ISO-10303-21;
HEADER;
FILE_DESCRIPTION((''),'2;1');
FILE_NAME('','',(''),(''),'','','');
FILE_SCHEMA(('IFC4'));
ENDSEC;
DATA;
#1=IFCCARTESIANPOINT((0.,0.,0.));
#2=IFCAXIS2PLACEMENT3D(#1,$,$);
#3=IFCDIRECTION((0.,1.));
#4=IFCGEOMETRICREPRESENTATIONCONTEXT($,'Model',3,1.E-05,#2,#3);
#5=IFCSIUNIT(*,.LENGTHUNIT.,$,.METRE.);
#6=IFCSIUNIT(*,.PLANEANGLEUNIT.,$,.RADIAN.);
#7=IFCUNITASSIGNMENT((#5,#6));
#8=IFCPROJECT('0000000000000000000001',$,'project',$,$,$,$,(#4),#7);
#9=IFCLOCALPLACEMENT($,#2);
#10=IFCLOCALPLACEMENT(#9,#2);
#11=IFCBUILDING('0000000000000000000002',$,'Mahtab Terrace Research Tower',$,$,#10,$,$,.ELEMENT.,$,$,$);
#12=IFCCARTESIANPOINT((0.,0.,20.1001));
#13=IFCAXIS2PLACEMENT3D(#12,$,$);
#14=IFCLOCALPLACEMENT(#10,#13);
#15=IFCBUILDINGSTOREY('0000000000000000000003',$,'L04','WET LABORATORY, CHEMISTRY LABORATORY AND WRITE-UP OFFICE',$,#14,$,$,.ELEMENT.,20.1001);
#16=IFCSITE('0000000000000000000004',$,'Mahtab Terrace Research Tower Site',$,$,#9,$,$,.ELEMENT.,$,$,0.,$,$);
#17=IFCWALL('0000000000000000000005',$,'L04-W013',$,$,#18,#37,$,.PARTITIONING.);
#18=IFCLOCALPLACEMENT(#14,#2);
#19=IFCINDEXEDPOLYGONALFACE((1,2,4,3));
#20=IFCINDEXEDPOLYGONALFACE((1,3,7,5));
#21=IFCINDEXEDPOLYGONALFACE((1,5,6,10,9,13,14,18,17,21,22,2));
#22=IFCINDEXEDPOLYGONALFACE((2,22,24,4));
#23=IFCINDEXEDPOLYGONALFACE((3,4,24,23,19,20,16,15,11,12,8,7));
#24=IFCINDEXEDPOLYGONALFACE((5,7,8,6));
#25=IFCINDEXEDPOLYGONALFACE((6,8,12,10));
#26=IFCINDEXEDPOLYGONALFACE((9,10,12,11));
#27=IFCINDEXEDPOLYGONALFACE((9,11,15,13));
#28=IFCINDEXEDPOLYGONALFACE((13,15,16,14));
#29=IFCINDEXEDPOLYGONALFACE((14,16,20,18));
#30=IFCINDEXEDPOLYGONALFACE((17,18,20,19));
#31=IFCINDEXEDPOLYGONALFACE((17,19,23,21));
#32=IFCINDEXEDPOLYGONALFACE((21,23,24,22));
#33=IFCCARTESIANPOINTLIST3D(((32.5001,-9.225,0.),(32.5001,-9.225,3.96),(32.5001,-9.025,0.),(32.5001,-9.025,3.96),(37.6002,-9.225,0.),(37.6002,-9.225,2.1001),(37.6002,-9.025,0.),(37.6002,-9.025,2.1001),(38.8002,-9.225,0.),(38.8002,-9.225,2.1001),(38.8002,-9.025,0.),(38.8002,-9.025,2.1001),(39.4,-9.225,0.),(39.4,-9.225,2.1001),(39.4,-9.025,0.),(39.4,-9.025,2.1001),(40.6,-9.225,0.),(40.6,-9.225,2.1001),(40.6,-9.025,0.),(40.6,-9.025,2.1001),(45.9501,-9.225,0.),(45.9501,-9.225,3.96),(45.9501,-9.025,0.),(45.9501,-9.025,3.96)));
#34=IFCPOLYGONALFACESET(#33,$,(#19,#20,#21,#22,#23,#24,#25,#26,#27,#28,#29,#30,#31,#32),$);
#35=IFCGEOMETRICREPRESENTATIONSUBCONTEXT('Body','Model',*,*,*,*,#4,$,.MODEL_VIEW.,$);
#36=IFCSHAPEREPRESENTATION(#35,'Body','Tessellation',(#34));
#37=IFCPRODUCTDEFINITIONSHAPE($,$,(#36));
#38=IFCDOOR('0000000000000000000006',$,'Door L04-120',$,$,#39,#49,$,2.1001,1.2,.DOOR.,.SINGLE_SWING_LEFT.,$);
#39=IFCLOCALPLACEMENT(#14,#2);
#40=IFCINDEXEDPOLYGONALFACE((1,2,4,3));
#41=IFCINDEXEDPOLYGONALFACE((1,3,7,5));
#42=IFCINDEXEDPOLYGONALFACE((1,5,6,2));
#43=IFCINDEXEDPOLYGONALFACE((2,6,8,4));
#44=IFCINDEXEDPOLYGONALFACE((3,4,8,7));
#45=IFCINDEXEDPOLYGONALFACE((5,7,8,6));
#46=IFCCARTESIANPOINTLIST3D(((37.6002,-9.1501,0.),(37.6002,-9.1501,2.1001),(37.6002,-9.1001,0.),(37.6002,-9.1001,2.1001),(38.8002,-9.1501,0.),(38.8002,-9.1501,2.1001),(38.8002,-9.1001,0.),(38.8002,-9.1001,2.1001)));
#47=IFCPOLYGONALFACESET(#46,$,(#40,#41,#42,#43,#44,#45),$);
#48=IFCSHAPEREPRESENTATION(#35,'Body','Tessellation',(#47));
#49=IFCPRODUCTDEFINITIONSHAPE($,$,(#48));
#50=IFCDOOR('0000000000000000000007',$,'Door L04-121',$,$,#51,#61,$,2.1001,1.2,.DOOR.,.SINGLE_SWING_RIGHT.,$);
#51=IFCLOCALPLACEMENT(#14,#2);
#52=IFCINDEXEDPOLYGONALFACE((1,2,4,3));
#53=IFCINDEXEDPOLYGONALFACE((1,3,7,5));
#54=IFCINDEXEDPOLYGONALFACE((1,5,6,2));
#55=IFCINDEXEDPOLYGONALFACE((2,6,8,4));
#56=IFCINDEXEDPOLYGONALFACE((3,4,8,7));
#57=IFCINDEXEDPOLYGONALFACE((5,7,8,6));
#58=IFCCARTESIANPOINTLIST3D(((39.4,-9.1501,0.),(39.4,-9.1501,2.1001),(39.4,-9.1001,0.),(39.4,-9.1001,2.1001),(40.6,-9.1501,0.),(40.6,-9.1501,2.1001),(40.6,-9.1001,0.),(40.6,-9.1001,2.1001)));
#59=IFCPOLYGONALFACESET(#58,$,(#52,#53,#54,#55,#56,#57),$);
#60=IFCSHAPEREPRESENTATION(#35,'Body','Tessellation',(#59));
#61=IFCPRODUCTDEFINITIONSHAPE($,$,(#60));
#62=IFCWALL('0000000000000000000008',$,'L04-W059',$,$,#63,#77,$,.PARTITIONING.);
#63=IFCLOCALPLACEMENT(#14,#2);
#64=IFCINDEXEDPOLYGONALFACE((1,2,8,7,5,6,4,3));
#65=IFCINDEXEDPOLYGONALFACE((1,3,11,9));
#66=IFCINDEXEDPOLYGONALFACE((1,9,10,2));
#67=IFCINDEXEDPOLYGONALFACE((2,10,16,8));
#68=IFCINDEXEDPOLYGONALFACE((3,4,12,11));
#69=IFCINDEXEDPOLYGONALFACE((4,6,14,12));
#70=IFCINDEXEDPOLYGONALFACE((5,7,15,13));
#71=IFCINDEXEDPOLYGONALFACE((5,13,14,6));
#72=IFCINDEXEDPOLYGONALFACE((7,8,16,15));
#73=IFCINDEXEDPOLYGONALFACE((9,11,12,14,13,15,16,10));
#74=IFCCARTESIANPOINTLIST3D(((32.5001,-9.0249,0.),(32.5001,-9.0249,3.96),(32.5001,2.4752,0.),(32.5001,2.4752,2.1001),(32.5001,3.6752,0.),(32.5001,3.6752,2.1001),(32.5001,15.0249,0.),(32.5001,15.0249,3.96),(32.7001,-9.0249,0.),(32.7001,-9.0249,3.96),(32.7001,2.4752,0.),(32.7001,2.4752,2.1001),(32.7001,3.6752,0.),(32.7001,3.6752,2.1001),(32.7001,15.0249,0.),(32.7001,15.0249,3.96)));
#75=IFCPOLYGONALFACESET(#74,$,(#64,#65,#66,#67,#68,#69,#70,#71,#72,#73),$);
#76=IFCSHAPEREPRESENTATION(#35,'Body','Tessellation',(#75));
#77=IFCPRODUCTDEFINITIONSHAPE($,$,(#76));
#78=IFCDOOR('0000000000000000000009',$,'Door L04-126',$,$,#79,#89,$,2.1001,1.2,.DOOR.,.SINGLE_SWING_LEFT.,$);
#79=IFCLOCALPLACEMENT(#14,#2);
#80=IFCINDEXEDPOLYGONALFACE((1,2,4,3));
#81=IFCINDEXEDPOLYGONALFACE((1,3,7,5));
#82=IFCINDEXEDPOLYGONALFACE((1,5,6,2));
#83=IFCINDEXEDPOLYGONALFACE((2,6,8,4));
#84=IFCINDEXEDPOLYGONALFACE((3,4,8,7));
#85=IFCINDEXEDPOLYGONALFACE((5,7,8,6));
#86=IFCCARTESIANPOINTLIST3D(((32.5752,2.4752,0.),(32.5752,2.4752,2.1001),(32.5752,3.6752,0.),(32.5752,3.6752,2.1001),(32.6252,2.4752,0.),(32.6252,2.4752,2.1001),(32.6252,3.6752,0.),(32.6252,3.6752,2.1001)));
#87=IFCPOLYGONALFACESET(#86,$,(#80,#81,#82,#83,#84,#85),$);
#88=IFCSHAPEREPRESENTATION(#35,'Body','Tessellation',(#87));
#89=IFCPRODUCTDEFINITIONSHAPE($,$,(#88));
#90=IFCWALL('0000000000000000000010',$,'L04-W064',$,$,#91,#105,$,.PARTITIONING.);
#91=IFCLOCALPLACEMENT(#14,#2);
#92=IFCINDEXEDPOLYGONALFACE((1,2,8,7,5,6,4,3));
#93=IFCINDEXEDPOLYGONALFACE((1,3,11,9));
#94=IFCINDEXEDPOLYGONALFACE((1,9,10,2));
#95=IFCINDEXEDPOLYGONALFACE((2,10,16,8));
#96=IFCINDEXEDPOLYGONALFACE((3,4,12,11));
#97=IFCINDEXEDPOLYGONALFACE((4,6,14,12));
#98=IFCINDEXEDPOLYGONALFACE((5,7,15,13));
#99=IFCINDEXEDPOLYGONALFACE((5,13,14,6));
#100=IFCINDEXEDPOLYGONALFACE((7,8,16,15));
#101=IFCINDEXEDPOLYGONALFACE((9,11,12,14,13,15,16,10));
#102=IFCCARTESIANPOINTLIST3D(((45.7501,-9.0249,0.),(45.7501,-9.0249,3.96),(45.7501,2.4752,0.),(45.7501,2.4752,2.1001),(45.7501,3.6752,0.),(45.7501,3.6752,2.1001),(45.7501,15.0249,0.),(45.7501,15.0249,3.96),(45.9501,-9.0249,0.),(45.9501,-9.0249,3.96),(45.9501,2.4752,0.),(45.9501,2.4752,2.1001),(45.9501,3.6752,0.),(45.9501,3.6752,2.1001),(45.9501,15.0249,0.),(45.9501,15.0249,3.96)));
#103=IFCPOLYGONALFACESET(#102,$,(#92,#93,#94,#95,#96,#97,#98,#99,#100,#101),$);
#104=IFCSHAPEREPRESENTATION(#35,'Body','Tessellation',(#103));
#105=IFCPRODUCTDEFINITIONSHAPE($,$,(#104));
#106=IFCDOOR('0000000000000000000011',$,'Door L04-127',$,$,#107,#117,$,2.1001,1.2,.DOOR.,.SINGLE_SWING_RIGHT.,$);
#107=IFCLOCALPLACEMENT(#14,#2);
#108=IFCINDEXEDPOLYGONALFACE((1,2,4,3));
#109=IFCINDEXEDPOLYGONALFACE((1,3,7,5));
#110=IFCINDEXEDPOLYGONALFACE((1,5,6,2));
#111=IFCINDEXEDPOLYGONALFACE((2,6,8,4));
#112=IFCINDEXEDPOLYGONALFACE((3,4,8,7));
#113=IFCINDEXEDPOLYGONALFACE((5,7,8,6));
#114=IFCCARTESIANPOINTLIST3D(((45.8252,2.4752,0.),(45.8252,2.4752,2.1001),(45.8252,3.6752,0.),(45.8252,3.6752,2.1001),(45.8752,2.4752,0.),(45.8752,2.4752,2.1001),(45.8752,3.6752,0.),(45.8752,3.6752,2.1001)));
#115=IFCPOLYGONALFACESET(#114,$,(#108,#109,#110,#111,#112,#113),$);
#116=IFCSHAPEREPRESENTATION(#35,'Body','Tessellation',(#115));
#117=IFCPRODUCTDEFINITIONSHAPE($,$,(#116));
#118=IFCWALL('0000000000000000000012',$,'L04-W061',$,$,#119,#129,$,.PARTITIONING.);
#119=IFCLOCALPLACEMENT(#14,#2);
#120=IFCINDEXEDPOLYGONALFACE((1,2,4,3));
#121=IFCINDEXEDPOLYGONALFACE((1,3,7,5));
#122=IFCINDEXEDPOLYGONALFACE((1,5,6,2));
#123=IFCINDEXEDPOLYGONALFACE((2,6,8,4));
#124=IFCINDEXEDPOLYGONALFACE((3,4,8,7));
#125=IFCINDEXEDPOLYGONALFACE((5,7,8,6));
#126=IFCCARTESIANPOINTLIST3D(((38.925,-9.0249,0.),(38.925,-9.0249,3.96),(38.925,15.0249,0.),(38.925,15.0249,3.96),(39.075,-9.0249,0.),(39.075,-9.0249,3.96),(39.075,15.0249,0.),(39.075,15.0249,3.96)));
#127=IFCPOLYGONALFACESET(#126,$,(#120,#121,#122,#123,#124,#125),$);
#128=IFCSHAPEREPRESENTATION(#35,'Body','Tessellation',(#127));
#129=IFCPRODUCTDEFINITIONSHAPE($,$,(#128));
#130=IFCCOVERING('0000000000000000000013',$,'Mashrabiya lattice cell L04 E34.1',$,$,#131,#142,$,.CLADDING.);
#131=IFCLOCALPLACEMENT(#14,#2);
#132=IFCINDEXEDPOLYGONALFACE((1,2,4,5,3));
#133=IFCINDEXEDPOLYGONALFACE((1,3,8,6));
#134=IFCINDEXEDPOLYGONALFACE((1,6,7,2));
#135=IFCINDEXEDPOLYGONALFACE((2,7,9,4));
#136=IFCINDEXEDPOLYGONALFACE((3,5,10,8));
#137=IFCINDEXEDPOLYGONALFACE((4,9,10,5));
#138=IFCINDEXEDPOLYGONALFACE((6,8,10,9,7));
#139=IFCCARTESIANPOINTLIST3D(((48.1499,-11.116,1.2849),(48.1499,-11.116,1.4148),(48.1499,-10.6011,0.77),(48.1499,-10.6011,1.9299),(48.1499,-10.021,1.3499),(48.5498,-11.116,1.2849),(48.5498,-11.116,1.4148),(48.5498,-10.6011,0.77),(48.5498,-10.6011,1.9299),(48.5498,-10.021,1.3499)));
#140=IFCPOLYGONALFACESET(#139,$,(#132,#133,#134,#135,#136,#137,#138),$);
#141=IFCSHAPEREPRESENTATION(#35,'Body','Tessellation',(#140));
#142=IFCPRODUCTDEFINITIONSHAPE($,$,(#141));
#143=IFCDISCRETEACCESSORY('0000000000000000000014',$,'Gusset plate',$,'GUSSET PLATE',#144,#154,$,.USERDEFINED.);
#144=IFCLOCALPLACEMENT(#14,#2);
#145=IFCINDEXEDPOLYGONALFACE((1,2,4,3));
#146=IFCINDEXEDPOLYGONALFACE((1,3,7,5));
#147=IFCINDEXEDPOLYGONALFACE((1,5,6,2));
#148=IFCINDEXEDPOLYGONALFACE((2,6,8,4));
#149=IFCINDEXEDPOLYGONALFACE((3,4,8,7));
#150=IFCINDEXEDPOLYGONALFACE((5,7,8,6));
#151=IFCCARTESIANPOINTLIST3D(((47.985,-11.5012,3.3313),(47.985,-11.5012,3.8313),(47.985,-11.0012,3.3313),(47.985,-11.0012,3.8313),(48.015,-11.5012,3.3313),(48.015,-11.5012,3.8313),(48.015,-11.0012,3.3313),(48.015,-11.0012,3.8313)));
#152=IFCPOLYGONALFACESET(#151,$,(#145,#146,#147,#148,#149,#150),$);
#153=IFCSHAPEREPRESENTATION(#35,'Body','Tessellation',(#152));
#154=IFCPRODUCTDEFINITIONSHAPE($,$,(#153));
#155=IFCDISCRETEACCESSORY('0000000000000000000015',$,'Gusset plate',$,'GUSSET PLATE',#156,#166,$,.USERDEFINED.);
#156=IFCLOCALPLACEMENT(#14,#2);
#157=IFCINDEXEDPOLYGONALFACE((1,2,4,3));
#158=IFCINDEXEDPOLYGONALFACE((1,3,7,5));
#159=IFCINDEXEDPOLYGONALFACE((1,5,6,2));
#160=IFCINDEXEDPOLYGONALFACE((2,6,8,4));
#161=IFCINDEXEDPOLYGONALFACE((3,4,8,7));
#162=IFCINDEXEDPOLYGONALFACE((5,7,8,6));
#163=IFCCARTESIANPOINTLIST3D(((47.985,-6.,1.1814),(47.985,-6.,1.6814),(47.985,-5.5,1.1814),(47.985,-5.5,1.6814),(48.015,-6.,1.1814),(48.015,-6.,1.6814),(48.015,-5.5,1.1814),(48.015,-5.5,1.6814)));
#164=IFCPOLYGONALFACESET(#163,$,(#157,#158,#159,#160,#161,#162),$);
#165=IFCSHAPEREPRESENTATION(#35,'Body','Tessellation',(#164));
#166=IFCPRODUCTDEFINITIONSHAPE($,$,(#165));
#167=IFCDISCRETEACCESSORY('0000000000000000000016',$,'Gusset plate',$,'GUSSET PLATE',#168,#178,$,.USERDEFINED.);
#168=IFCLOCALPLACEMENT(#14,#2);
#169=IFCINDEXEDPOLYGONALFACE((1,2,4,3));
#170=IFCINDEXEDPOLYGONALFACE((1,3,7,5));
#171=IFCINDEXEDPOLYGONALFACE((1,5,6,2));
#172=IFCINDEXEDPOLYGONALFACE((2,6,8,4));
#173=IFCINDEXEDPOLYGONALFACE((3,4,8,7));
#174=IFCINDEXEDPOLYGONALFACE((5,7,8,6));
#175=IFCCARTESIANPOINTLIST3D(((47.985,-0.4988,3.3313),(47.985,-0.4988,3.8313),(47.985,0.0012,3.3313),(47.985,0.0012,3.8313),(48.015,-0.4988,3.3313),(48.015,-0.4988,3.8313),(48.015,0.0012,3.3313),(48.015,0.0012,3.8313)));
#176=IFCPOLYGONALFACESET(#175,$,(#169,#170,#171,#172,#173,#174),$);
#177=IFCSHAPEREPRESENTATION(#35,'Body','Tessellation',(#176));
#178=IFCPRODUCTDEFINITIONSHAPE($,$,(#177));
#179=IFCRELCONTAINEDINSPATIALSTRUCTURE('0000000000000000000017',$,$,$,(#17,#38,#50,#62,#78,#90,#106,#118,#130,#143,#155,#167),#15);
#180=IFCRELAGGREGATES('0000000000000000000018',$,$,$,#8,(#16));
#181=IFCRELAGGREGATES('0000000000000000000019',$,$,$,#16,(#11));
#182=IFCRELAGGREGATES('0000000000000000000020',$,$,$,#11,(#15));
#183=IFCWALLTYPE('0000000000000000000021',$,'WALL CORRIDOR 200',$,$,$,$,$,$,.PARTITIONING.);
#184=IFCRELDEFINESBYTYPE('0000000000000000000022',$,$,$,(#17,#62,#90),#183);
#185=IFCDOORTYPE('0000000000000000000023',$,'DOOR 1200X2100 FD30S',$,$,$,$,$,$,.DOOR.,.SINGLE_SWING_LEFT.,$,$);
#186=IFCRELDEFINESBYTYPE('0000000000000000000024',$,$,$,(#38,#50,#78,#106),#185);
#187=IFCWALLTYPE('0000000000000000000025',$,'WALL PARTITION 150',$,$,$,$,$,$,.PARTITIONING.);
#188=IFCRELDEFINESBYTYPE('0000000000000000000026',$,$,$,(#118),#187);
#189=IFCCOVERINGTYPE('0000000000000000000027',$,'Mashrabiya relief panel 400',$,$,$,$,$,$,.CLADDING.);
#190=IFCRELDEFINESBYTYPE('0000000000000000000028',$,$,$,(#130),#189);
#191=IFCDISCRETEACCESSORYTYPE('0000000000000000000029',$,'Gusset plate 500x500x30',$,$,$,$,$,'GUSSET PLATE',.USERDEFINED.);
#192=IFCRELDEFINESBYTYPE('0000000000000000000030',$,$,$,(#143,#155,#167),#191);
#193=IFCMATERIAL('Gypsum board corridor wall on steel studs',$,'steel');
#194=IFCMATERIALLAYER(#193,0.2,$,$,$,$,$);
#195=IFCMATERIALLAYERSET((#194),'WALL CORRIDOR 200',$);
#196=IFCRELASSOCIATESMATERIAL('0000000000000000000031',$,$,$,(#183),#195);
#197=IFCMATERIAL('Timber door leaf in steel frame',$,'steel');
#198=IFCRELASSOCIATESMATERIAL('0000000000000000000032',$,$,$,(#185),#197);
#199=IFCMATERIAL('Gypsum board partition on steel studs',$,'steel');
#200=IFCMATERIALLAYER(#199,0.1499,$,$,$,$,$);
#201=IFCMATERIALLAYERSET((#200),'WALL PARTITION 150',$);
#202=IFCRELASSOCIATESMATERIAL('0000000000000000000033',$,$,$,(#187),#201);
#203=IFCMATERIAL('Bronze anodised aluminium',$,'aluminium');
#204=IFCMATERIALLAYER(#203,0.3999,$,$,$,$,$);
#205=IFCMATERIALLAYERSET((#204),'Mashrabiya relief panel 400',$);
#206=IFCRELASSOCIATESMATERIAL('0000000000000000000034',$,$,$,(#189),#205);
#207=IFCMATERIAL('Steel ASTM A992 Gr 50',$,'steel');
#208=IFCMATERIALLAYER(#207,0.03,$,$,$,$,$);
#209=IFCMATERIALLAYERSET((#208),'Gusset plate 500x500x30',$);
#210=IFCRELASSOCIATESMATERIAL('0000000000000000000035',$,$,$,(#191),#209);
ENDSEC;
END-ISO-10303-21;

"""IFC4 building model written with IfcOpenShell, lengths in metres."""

from ifc_helpers import new_model, si_unit, direction, frame, frame_2d, origin, origin_2d, place, context, subcontext, project, spatial, polyline, rectangle, outline, extrude, material, layer, layer_set, type_object, element, fill, save


model = new_model("IFC4")

# Units and contexts
model_context = context("Model", 3, precision=1e-05, world=origin(), true_north=direction((0.0, 1.0)))
body_context = subcontext(model_context, "Body", "Model", "MODEL_VIEW")
ifc_project = project(units=[si_unit("LENGTHUNIT", "METRE"), si_unit("PLANEANGLEUNIT", "RADIAN")], contexts=[model_context])

# Site, building, storey
site_placement = place(None, origin())
site = spatial("IfcSite", under=ifc_project, at=site_placement, Name="Mahtab Terrace Research Tower Site", CompositionType="ELEMENT", RefElevation=0.0)
building_placement = place(site_placement, origin())
building = spatial("IfcBuilding", under=site, at=building_placement, Name="Mahtab Terrace Research Tower", CompositionType="ELEMENT")
storey_placement = place(building_placement, frame((0.0, 0.0, 20.1001)))
storey = spatial("IfcBuildingStorey", under=building, at=storey_placement, Name="L04", Description="WET LABORATORY, CHEMISTRY LABORATORY AND WRITE-UP OFFICE", CompositionType="ELEMENT", Elevation=20.1001)

# Shared definitions
ifc_material_1 = material(Name="Steel ASTM A992 Gr 50", Category="steel")

# Shared definitions
ifc_material_2 = material(Name="Gypsum board corridor wall on steel studs", Category="steel")
ifc_layer_1 = layer(ifc_material_2, 0.2)
ifc_layer_set_1 = layer_set([ifc_layer_1], Name="WALL CORRIDOR 200")
wall_type_1 = type_object("IfcWallType", Name="WALL CORRIDOR 200", PredefinedType="PARTITIONING", material=ifc_layer_set_1)
ifc_material_3 = material(Name="Timber door leaf in steel frame", Category="steel")
door_type = type_object("IfcDoorType", Name="DOOR 1200X2100 FD30S", OperationType="SINGLE_SWING_LEFT", PredefinedType="DOOR", material=ifc_material_3)

# Wall, openings, doors
wall_1_placement = place(storey_placement, frame((32.5, -9.125, 0.0), z_axis=(0.0, 0.0, 1.0), x_axis=(1.0, 0.0, 0.0)))
wall_1 = element("IfcWall", 1, at=wall_1_placement, inside=storey, type_object=wall_type_1, Name="L04-W013", PredefinedType="PARTITIONING", context=body_context, shape_type="SweptSolid", body=[
    extrude(rectangle(XDim=13.45, YDim=0.2, at=frame_2d((6.7251, 0.0))), origin(), (0.0, 0.0, 1.0), 3.96),
])
opening_1_placement = place(wall_1_placement, frame((5.1001, 0.0, 0.0)))
opening_1 = element("IfcOpeningElement", 2, at=opening_1_placement, cuts=wall_1, PredefinedType="OPENING", context=body_context, shape_type="SweptSolid", body=[
    extrude(rectangle(XDim=1.2, YDim=2.1001, at=frame_2d((0.6001, 1.05))), frame((0.0, 0.1099, 0.0), z_axis=(0.0, -1.0, 0.0), x_axis=(1.0, 0.0, 0.0)), (0.0, 0.0, 1.0), 0.22),
])
opening_2_placement = place(wall_1_placement, frame((6.8999, 0.0, 0.0)))
opening_2 = element("IfcOpeningElement", 3, at=opening_2_placement, cuts=wall_1, PredefinedType="OPENING", context=body_context, shape_type="SweptSolid", body=[
    extrude(rectangle(XDim=1.2, YDim=2.1001, at=frame_2d((0.6001, 1.05))), frame((0.0, 0.1099, 0.0), z_axis=(0.0, -1.0, 0.0), x_axis=(1.0, 0.0, 0.0)), (0.0, 0.0, 1.0), 0.22),
])
door_1_placement = place(opening_1_placement, origin())
door_1 = element("IfcDoor", 4, at=door_1_placement, inside=storey, type_object=door_type, Name="Door L04-120", OperationType="SINGLE_SWING_LEFT", OverallHeight=2.1001, OverallWidth=1.2, PredefinedType="DOOR", context=body_context, shape_type="SweptSolid", body=[
    extrude(rectangle(XDim=1.2, YDim=2.1001, at=frame_2d((0.6001, 1.05))), frame((0.0, 0.0249, 0.0), z_axis=(0.0, -1.0, 0.0), x_axis=(1.0, 0.0, 0.0)), (0.0, 0.0, 1.0), 0.05),
])
fill(opening_1, door_1)
door_2_placement = place(opening_2_placement, origin())
door_2 = element("IfcDoor", 5, at=door_2_placement, inside=storey, type_object=door_type, Name="Door L04-121", OperationType="SINGLE_SWING_RIGHT", OverallHeight=2.1001, OverallWidth=1.2, PredefinedType="DOOR", context=body_context, shape_type="SweptSolid", body=[
    extrude(rectangle(XDim=1.2, YDim=2.1001, at=frame_2d((0.6001, 1.05))), frame((0.0, 0.0249, 0.0), z_axis=(0.0, -1.0, 0.0), x_axis=(1.0, 0.0, 0.0)), (0.0, 0.0, 1.0), 0.05),
])
fill(opening_2, door_2)

# Walls, openings, doors
wall_2_placement = place(storey_placement, frame((32.6001, -9.0249, 0.0), z_axis=(0.0, 0.0, 1.0), x_axis=(0.0, 1.0, 0.0)))
wall_2 = element("IfcWall", 6, at=wall_2_placement, inside=storey, type_object=wall_type_1, Name="L04-W059", PredefinedType="PARTITIONING", context=body_context, shape_type="SweptSolid", body=[
    extrude(rectangle(XDim=24.0498, YDim=0.2, at=frame_2d((12.0249, 0.0))), origin(), (0.0, 0.0, 1.0), 3.96),
])
opening_3_placement = place(wall_2_placement, frame((11.5, 0.0, 0.0)))
opening_3 = element("IfcOpeningElement", 7, at=opening_3_placement, cuts=wall_2, PredefinedType="OPENING", context=body_context, shape_type="SweptSolid", body=[
    extrude(rectangle(XDim=1.2, YDim=2.1001, at=frame_2d((0.6001, 1.05))), frame((0.0, 0.1099, 0.0), z_axis=(0.0, -1.0, 0.0), x_axis=(1.0, 0.0, 0.0)), (0.0, 0.0, 1.0), 0.22),
])
door_3_placement = place(opening_3_placement, origin())
door_3 = element("IfcDoor", 8, at=door_3_placement, inside=storey, type_object=door_type, Name="Door L04-126", OperationType="SINGLE_SWING_LEFT", OverallHeight=2.1001, OverallWidth=1.2, PredefinedType="DOOR", context=body_context, shape_type="SweptSolid", body=[
    extrude(rectangle(XDim=1.2, YDim=2.1001, at=frame_2d((0.6001, 1.05))), frame((0.0, 0.0249, 0.0), z_axis=(0.0, -1.0, 0.0), x_axis=(1.0, 0.0, 0.0)), (0.0, 0.0, 1.0), 0.05),
])
fill(opening_3, door_3)
wall_3_placement = place(storey_placement, frame((45.8501, -9.0249, 0.0), z_axis=(0.0, 0.0, 1.0), x_axis=(0.0, 1.0, 0.0)))
wall_3 = element("IfcWall", 9, at=wall_3_placement, inside=storey, type_object=wall_type_1, Name="L04-W064", PredefinedType="PARTITIONING", context=body_context, shape_type="SweptSolid", body=[
    extrude(rectangle(XDim=24.0498, YDim=0.2, at=frame_2d((12.0249, 0.0))), origin(), (0.0, 0.0, 1.0), 3.96),
])
opening_4_placement = place(wall_3_placement, frame((11.5, 0.0, 0.0)))
opening_4 = element("IfcOpeningElement", 10, at=opening_4_placement, cuts=wall_3, PredefinedType="OPENING", context=body_context, shape_type="SweptSolid", body=[
    extrude(rectangle(XDim=1.2, YDim=2.1001, at=frame_2d((0.6001, 1.05))), frame((0.0, 0.1099, 0.0), z_axis=(0.0, -1.0, 0.0), x_axis=(1.0, 0.0, 0.0)), (0.0, 0.0, 1.0), 0.22),
])
door_4_placement = place(opening_4_placement, origin())
door_4 = element("IfcDoor", 11, at=door_4_placement, inside=storey, type_object=door_type, Name="Door L04-127", OperationType="SINGLE_SWING_RIGHT", OverallHeight=2.1001, OverallWidth=1.2, PredefinedType="DOOR", context=body_context, shape_type="SweptSolid", body=[
    extrude(rectangle(XDim=1.2, YDim=2.1001, at=frame_2d((0.6001, 1.05))), frame((0.0, 0.0249, 0.0), z_axis=(0.0, -1.0, 0.0), x_axis=(1.0, 0.0, 0.0)), (0.0, 0.0, 1.0), 0.05),
])
fill(opening_4, door_4)

# Wall
ifc_material_4 = material(Name="Gypsum board partition on steel studs", Category="steel")
ifc_layer_2 = layer(ifc_material_4, 0.1499)
ifc_layer_set_2 = layer_set([ifc_layer_2], Name="WALL PARTITION 150")
wall_type_2 = type_object("IfcWallType", Name="WALL PARTITION 150", PredefinedType="PARTITIONING", material=ifc_layer_set_2)
wall_4_placement = place(storey_placement, frame((39.0, -9.0249, 0.0), z_axis=(0.0, 0.0, 1.0), x_axis=(0.0, 1.0, 0.0)))
element("IfcWall", 12, at=wall_4_placement, inside=storey, type_object=wall_type_2, Name="L04-W061", PredefinedType="PARTITIONING", context=body_context, shape_type="SweptSolid", body=[
    extrude(rectangle(XDim=24.0498, YDim=0.1499, at=frame_2d((12.0249, 0.0))), origin(), (0.0, 0.0, 1.0), 3.96),
])

# Covering
ifc_material_5 = material(Name="Bronze anodised aluminium", Category="aluminium")
ifc_layer_3 = layer(ifc_material_5, 0.3999)
ifc_layer_set_3 = layer_set([ifc_layer_3], Name="Mashrabiya relief panel 400")
covering_type = type_object("IfcCoveringType", Name="Mashrabiya relief panel 400", PredefinedType="CLADDING", material=ifc_layer_set_3)
covering_placement = place(storey_placement, frame((48.1499, -10.6011, 1.9299), z_axis=(-1.0, 0.0, 0.0), x_axis=(0.0, 0.707107, -0.707107)))
element("IfcCovering", 13, at=covering_placement, inside=storey, type_object=covering_type, Name="Mashrabiya lattice cell L04 E34.1", PredefinedType="CLADDING", context=body_context, shape_type="SweptSolid", body=[
    extrude(outline(polyline([(0.0, 0.0), (0.8204, 0.0), (0.8202, 0.8202), (0.092, 0.8202), (0.0002, 0.7283), (0.0, 0.0)])), origin(), (0.0, 0.0, -1.0), 0.3999),
])

# Discrete accessories
ifc_layer_4 = layer(ifc_material_1, 0.03)
ifc_layer_set_4 = layer_set([ifc_layer_4], Name="Gusset plate 500x500x30")
discrete_accessory_type = type_object("IfcDiscreteAccessoryType", Name="Gusset plate 500x500x30", ElementType="GUSSET PLATE", PredefinedType="USERDEFINED", material=ifc_layer_set_4)
for number, where, z_axis, x_axis, name in (
    (14, (48.0, -11.2512, 3.3313), (0.0, 0.0, 1.0), (0.0, 1.0, 0.0), "Gusset plate"),
    (15, (48.0, -5.75, 1.1814), (0.0, 0.0, 1.0), (0.0, 1.0, 0.0), "Gusset plate"),
    (16, (48.0, -0.2488, 3.3313), (0.0, 0.0, 1.0), (0.0, 1.0, 0.0), "Gusset plate"),
):
    element("IfcDiscreteAccessory", number, at=place(storey_placement, frame(where, z_axis=z_axis, x_axis=x_axis)), inside=storey, type_object=discrete_accessory_type, Name=name, ObjectType="GUSSET PLATE", PredefinedType="USERDEFINED", context=body_context, shape_type="SweptSolid", body=[
        extrude(rectangle(XDim=0.5, YDim=0.03, at=origin_2d()), origin(), (0.0, 0.0, 1.0), 0.5),
    ])

save(model, "model.ifc")
